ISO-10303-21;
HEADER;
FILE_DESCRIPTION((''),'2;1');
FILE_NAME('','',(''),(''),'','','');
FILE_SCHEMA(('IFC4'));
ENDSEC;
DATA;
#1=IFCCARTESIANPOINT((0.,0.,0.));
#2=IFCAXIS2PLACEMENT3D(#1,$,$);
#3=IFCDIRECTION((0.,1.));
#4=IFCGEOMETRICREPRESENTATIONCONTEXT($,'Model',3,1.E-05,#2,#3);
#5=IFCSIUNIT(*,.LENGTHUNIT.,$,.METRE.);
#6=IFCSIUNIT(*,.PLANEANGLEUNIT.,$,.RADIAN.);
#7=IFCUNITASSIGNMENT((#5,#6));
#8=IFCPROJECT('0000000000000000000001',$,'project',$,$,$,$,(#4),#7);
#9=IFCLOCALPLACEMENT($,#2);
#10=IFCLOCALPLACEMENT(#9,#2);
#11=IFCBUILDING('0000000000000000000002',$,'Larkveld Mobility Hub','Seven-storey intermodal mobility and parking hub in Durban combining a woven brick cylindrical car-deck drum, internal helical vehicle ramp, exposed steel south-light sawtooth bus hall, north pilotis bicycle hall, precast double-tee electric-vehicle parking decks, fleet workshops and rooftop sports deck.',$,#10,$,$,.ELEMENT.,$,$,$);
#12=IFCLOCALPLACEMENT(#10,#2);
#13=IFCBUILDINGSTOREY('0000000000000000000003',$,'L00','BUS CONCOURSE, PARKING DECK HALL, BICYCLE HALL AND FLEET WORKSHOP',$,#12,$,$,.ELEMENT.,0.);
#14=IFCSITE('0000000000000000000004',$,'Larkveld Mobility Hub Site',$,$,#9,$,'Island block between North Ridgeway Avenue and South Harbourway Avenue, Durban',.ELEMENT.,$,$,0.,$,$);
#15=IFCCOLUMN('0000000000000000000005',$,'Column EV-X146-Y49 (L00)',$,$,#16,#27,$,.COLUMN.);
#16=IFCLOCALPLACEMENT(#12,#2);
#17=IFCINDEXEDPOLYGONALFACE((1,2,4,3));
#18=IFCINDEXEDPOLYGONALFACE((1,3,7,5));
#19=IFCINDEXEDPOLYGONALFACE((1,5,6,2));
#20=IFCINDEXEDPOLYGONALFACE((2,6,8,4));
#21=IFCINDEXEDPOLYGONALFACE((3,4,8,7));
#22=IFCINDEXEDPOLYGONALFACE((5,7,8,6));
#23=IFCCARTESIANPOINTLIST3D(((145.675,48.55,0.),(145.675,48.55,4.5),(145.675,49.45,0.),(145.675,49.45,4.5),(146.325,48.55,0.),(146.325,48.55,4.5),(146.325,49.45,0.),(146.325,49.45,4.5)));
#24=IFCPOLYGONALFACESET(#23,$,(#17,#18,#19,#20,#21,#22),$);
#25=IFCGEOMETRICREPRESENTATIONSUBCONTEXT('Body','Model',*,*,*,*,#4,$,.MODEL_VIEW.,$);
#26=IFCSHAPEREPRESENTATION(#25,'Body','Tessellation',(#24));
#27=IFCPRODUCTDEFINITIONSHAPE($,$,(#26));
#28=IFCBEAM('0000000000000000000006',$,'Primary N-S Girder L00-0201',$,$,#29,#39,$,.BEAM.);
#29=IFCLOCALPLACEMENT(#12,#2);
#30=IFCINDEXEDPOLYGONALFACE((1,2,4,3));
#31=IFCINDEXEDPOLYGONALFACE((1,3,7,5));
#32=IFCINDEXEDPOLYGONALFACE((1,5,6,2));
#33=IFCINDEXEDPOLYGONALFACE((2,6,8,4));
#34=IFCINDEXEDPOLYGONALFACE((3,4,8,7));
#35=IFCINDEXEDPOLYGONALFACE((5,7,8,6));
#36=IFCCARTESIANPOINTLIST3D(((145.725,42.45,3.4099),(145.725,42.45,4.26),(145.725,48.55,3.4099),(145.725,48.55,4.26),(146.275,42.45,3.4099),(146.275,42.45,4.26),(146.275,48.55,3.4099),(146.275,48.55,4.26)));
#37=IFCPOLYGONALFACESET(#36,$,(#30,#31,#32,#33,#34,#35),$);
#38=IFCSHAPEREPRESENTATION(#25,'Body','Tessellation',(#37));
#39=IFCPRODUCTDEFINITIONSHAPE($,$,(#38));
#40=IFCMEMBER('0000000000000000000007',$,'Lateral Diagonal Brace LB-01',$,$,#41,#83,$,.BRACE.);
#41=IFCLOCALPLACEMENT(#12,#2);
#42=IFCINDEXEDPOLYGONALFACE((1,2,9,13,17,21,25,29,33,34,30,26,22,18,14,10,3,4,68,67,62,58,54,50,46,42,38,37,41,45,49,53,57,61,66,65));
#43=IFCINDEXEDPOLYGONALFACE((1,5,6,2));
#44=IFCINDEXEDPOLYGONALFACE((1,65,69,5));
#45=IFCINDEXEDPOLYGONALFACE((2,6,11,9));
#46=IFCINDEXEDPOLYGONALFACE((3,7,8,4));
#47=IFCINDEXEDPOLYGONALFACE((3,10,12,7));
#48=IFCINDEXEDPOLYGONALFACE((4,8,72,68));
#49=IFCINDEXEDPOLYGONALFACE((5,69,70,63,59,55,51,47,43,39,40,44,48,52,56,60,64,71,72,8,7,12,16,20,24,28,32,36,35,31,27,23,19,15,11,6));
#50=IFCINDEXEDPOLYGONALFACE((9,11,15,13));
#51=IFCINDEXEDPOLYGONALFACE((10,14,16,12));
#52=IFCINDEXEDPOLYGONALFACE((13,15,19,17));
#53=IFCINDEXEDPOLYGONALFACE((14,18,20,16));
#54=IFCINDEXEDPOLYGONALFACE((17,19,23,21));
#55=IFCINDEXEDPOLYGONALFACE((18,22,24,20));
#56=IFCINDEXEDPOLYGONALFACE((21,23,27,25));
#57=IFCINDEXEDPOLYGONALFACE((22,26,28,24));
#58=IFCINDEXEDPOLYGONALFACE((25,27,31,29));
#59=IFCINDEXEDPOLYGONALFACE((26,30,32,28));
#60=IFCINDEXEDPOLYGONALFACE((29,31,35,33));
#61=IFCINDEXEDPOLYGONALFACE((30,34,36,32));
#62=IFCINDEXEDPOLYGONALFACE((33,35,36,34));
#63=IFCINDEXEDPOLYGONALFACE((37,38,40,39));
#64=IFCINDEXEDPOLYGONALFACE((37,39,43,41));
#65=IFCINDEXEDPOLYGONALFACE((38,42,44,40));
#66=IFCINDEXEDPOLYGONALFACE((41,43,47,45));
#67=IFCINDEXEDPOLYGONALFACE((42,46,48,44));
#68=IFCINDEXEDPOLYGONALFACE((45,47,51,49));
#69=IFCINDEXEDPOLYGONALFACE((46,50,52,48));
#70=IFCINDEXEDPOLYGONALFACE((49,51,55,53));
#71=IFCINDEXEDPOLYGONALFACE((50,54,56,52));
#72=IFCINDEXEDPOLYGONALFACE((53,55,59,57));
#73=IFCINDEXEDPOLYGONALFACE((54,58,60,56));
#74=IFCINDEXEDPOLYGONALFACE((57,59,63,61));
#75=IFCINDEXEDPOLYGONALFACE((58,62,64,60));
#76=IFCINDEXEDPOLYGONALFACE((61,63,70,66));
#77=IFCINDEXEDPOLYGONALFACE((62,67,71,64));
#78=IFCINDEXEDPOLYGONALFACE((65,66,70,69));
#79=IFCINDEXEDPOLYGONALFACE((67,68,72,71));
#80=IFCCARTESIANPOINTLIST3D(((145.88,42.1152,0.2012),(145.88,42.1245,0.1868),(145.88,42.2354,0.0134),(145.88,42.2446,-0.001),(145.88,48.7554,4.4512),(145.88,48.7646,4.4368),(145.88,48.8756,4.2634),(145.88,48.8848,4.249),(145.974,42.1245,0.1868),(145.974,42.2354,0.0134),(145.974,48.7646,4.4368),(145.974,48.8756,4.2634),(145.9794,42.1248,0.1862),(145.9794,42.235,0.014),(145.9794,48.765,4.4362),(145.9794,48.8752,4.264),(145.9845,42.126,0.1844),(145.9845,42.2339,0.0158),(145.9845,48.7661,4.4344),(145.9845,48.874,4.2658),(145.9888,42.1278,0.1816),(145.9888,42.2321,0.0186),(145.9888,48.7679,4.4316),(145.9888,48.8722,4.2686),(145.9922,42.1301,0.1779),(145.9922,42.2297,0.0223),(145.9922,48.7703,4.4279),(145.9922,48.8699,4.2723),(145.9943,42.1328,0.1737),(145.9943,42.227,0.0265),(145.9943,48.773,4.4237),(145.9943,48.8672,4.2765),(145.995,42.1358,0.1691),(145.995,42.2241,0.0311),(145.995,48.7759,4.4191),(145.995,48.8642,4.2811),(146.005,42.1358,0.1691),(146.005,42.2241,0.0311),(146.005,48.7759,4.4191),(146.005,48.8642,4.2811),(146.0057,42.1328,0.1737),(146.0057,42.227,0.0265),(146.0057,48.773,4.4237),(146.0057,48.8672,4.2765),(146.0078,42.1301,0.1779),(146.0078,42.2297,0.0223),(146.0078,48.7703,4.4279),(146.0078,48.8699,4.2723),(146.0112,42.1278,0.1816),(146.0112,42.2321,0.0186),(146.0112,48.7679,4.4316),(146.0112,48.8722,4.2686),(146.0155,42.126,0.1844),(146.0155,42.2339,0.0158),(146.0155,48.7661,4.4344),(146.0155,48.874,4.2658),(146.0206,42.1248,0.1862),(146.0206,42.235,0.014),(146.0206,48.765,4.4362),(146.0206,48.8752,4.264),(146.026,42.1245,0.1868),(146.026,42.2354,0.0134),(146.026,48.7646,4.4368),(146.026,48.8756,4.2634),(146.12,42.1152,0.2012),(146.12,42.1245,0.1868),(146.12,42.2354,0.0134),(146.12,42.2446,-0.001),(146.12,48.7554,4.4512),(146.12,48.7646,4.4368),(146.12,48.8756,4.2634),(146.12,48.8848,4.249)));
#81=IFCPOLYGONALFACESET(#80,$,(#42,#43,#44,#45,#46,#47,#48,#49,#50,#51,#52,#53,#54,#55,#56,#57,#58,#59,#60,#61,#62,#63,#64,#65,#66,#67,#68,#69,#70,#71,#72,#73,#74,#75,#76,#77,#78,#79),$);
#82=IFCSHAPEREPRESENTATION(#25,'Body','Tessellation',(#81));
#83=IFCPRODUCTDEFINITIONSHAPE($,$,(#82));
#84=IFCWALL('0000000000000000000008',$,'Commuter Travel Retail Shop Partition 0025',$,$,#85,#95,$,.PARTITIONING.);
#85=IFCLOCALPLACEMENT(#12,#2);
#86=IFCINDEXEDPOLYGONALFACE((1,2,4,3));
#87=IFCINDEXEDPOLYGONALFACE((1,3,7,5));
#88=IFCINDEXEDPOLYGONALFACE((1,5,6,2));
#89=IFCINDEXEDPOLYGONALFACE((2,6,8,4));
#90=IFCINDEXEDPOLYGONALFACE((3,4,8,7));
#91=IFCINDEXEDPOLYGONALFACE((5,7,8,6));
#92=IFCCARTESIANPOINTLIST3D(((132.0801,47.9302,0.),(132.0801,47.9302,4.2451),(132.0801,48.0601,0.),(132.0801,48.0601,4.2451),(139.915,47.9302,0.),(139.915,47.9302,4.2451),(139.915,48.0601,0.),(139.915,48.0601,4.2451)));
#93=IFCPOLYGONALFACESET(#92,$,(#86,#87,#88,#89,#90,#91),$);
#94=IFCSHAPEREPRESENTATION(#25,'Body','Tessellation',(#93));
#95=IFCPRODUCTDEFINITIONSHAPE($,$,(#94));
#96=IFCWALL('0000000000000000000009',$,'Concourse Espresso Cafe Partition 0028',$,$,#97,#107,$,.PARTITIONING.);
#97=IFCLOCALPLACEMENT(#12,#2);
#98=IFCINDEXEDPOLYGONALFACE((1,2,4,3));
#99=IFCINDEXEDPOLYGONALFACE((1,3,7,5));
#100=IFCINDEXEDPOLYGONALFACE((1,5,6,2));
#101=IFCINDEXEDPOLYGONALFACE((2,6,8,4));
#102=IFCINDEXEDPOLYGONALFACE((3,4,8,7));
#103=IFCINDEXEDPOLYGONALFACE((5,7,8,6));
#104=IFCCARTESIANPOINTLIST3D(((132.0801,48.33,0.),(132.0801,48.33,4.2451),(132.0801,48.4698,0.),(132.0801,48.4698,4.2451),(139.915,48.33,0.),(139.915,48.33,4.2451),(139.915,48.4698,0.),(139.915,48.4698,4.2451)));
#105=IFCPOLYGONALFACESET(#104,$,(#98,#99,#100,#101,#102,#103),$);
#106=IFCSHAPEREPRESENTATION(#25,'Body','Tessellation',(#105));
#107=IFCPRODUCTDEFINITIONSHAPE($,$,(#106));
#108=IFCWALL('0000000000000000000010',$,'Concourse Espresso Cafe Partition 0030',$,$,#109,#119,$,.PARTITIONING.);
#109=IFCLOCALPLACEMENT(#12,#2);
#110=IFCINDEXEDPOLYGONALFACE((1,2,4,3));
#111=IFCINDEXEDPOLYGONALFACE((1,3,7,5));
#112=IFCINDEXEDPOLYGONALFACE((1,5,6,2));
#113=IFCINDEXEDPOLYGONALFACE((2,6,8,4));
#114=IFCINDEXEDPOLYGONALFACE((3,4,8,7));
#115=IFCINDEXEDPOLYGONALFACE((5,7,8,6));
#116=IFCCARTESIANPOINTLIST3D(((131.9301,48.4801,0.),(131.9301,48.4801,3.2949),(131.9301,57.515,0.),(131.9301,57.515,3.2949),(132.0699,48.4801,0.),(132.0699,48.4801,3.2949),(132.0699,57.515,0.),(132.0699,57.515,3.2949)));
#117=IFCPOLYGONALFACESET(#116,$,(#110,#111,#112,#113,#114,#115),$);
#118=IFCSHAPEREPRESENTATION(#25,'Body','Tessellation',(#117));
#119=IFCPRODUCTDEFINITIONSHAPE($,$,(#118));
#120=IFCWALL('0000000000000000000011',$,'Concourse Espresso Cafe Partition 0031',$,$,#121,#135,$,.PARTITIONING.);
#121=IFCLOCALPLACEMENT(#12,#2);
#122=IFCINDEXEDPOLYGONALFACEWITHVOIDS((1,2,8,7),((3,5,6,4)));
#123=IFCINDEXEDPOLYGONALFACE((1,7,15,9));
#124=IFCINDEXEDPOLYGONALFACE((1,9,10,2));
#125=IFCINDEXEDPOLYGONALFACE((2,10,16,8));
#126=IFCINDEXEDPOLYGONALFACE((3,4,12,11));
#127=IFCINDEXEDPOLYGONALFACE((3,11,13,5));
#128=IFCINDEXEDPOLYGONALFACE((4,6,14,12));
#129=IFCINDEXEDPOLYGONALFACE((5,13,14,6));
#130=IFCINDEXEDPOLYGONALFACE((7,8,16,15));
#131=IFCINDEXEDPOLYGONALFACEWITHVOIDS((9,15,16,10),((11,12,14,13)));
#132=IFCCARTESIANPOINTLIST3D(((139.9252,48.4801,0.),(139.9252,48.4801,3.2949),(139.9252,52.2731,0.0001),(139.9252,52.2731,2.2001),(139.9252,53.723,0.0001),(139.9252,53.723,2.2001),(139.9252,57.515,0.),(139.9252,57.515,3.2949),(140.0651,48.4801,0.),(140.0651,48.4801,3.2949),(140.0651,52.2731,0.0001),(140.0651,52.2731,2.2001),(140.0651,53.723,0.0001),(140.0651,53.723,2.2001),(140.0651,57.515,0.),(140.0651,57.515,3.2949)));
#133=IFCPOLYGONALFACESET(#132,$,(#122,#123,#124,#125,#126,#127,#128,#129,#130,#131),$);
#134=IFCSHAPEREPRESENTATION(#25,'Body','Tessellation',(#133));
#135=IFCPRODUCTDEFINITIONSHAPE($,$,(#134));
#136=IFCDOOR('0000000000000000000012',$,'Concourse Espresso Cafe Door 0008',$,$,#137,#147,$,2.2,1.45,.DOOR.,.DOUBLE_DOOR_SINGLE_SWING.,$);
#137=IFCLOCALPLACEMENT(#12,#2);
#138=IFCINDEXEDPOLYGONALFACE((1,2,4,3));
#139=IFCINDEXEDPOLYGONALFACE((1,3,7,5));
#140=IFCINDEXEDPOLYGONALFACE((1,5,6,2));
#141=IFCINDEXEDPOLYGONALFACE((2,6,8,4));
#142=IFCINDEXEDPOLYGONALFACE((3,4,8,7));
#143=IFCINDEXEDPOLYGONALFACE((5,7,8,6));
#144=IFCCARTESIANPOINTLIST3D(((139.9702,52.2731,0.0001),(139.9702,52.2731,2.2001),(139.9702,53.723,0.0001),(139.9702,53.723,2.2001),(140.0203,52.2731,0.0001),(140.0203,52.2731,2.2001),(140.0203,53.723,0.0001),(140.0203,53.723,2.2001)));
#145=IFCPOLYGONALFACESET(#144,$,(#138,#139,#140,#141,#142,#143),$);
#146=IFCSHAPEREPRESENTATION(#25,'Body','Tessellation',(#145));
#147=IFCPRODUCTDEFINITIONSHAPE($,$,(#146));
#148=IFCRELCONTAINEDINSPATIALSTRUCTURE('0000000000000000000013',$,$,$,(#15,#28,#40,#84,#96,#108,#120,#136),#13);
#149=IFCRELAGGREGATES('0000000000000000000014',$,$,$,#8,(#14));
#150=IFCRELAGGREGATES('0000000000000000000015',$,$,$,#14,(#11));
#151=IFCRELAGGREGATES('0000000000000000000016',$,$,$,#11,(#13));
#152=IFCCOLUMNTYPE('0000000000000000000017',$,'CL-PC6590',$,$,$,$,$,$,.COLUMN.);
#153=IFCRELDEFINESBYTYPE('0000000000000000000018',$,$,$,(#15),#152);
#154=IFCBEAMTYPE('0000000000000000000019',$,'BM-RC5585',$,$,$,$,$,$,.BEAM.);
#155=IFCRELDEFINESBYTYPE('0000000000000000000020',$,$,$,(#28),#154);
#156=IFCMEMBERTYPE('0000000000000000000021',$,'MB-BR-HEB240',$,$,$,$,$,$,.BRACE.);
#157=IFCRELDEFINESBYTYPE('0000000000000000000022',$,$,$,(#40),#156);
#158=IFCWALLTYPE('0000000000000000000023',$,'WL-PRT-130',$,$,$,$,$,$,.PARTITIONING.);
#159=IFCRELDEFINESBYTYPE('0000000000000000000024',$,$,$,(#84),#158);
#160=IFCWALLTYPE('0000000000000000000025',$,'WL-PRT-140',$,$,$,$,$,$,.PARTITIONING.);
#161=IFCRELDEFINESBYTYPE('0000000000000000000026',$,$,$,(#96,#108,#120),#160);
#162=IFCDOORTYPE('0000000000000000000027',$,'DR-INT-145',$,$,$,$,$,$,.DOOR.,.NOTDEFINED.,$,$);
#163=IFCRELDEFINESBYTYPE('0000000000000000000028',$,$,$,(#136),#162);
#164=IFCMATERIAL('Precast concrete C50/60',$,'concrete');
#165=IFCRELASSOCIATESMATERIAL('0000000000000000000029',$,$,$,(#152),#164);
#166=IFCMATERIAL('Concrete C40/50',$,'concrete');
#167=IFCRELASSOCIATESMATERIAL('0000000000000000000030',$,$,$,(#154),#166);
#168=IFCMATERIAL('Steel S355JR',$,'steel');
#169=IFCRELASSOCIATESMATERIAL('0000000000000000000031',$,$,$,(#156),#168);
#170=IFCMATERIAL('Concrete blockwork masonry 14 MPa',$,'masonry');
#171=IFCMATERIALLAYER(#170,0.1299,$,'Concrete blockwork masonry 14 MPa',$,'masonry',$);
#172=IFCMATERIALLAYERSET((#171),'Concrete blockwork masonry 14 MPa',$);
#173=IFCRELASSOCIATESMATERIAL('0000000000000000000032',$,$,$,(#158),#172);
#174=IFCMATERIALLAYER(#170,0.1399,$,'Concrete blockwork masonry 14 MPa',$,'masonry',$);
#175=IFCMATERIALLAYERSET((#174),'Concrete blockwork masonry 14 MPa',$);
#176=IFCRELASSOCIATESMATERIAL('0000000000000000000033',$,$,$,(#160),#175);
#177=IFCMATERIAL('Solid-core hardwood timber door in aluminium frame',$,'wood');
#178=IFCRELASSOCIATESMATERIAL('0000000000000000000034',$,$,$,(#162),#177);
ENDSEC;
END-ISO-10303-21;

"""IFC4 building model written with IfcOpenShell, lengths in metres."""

from ifc_helpers import new_model, si_unit, direction, frame, frame_2d, origin, origin_2d, place, context, subcontext, project, spatial, rectangle, i_section, extrude, material, layer, layer_set, material_profile, profile_set, type_object, element, fill, save


model = new_model("IFC4")

# Units and contexts
model_context = context("Model", 3, precision=1e-05, world=origin(), true_north=direction((0.0, 1.0)))
body_context = subcontext(model_context, "Body", "Model", "MODEL_VIEW")
ifc_project = project(units=[si_unit("LENGTHUNIT", "METRE"), si_unit("PLANEANGLEUNIT", "RADIAN")], contexts=[model_context])

# Site, building, storey
site_placement = place(None, origin())
site = spatial("IfcSite", under=ifc_project, at=site_placement, Name="Larkveld Mobility Hub Site", LongName="Island block between North Ridgeway Avenue and South Harbourway Avenue, Durban", CompositionType="ELEMENT", RefElevation=0.0)
building_placement = place(site_placement, origin())
building = spatial("IfcBuilding", under=site, at=building_placement, Name="Larkveld Mobility Hub", Description="Seven-storey intermodal mobility and parking hub in Durban combining a woven brick cylindrical car-deck drum, internal helical vehicle ramp, exposed steel south-light sawtooth bus hall, north pilotis bicycle hall, precast double-tee electric-vehicle parking decks, fleet workshops and rooftop sports deck.", CompositionType="ELEMENT")
storey_placement = place(building_placement, origin())
storey = spatial("IfcBuildingStorey", under=building, at=storey_placement, Name="L00", Description="BUS CONCOURSE, PARKING DECK HALL, BICYCLE HALL AND FLEET WORKSHOP", CompositionType="ELEMENT", Elevation=0.0)

# Column
ifc_material_1 = material(Name="Precast concrete C50/60", Category="concrete")
ifc_material_profile_1 = material_profile(ifc_material_1, rectangle(XDim=0.6499, YDim=0.8999, at=origin_2d()), Name="RC COL 650x900")
ifc_profile_set_1 = profile_set([ifc_material_profile_1], Name="Precast concrete C50/60")
column_type = type_object("IfcColumnType", Name="CL-PC6590", PredefinedType="COLUMN", material=ifc_profile_set_1)
for number, where, z_axis, x_axis, name in (
    (1, (146.0, 49.0, 0.0), (0.0, 0.0, 1.0), (1.0, 0.0, 0.0), "Column EV-X146-Y49 (L00)"),
):
    element("IfcColumn", number, at=place(storey_placement, frame(where, z_axis=z_axis, x_axis=x_axis)), inside=storey, type_object=column_type, Name=name, PredefinedType="COLUMN", context=body_context, shape_type="SweptSolid", body=[
        extrude(rectangle(XDim=0.6499, YDim=0.8999, at=origin_2d()), origin(), (0.0, 0.0, 1.0), 4.5),
    ])

# Beam
ifc_material_2 = material(Name="Concrete C40/50", Category="concrete")
ifc_material_profile_2 = material_profile(ifc_material_2, rectangle(XDim=0.55, YDim=0.8501, at=origin_2d()), Name="RC BM 550x850")
ifc_profile_set_2 = profile_set([ifc_material_profile_2], Name="Concrete C40/50")
beam_type = type_object("IfcBeamType", Name="BM-RC5585", PredefinedType="BEAM", material=ifc_profile_set_2)
beam_placement = place(storey_placement, frame((146.0, 42.45, 3.835), z_axis=(0.0, 1.0, 0.0), x_axis=(-1.0, 0.0, 0.0)))
element("IfcBeam", 2, at=beam_placement, inside=storey, type_object=beam_type, Name="Primary N-S Girder L00-0201", PredefinedType="BEAM", context=body_context, shape_type="SweptSolid", body=[
    extrude(rectangle(XDim=0.55, YDim=0.8501, at=origin_2d()), origin(), (0.0, 0.0, 1.0), 6.1001),
])

# Member
ifc_material_3 = material(Name="Steel S355JR", Category="steel")
ifc_material_profile_3 = material_profile(ifc_material_3, i_section(OverallWidth=0.24, OverallDepth=0.24, WebThickness=0.01, FlangeThickness=0.0171, FilletRadius=0.021, at=origin_2d()), Name="HEB 240")
ifc_profile_set_3 = profile_set([ifc_material_profile_3], Name="Steel S355JR")
member_type = type_object("IfcMemberType", Name="MB-BR-HEB240", PredefinedType="BRACE", material=ifc_profile_set_3)
member_placement = place(storey_placement, frame((146.0, 42.1799, 0.1001), z_axis=(0.0, 0.842253, 0.539082), x_axis=(-1.0, 0.0, 0.0)))
element("IfcMember", 3, at=member_placement, inside=storey, type_object=member_type, Name="Lateral Diagonal Brace LB-01", PredefinedType="BRACE", context=body_context, shape_type="SweptSolid", body=[
    extrude(i_section(OverallWidth=0.24, OverallDepth=0.24, WebThickness=0.01, FlangeThickness=0.0171, FilletRadius=0.021, at=origin_2d()), origin(), (0.0, 0.0, 1.0), 7.8838),
])

# Walls
ifc_material_4 = material(Name="Concrete blockwork masonry 14 MPa", Category="masonry")
ifc_layer_1 = layer(ifc_material_4, 0.1299, Name="Concrete blockwork masonry 14 MPa", Category="masonry")
ifc_layer_set_1 = layer_set([ifc_layer_1], Name="Concrete blockwork masonry 14 MPa")
wall_type_1 = type_object("IfcWallType", Name="WL-PRT-130", PredefinedType="PARTITIONING", material=ifc_layer_set_1)
wall_1_placement = place(storey_placement, frame((132.0801, 47.9951, 0.0), z_axis=(0.0, 0.0, 1.0), x_axis=(1.0, 0.0, 0.0)))
element("IfcWall", 4, at=wall_1_placement, inside=storey, type_object=wall_type_1, Name="Commuter Travel Retail Shop Partition 0025", PredefinedType="PARTITIONING", context=body_context, shape_type="SweptSolid", body=[
    extrude(rectangle(XDim=7.835, YDim=0.1299, at=frame_2d((3.9175, 0.0))), origin(), (0.0, 0.0, 1.0), 4.2451),
])
ifc_layer_2 = layer(ifc_material_4, 0.1399, Name="Concrete blockwork masonry 14 MPa", Category="masonry")
ifc_layer_set_2 = layer_set([ifc_layer_2], Name="Concrete blockwork masonry 14 MPa")
wall_type_2 = type_object("IfcWallType", Name="WL-PRT-140", PredefinedType="PARTITIONING", material=ifc_layer_set_2)
wall_2_placement = place(storey_placement, frame((132.0801, 48.3999, 0.0), z_axis=(0.0, 0.0, 1.0), x_axis=(1.0, 0.0, 0.0)))
element("IfcWall", 5, at=wall_2_placement, inside=storey, type_object=wall_type_2, Name="Concourse Espresso Cafe Partition 0028", PredefinedType="PARTITIONING", context=body_context, shape_type="SweptSolid", body=[
    extrude(rectangle(XDim=7.835, YDim=0.1399, at=frame_2d((3.9175, 0.0))), origin(), (0.0, 0.0, 1.0), 4.2451),
])
wall_3_placement = place(storey_placement, frame((132.0, 48.48, 0.0), z_axis=(0.0, 0.0, 1.0), x_axis=(0.0, 1.0, 0.0)))
element("IfcWall", 6, at=wall_3_placement, inside=storey, type_object=wall_type_2, Name="Concourse Espresso Cafe Partition 0030", PredefinedType="PARTITIONING", context=body_context, shape_type="SweptSolid", body=[
    extrude(rectangle(XDim=9.0349, YDim=0.1399, at=frame_2d((4.5176, 0.0))), origin(), (0.0, 0.0, 1.0), 3.2949),
])

# Wall, opening, door
wall_4_placement = place(storey_placement, frame((139.9951, 48.48, 0.0), z_axis=(0.0, 0.0, 1.0), x_axis=(0.0, 1.0, 0.0)))
wall_4 = element("IfcWall", 7, at=wall_4_placement, inside=storey, type_object=wall_type_2, Name="Concourse Espresso Cafe Partition 0031", PredefinedType="PARTITIONING", context=body_context, shape_type="SweptSolid", body=[
    extrude(rectangle(XDim=9.0349, YDim=0.1399, at=frame_2d((4.5176, 0.0))), origin(), (0.0, 0.0, 1.0), 3.2949),
])
opening_placement = place(wall_4_placement, frame((3.793, 0.0, 0.0)))
opening = element("IfcOpeningElement", 8, at=opening_placement, cuts=wall_4, PredefinedType="OPENING", context=body_context, shape_type="SweptSolid", body=[
    extrude(rectangle(XDim=1.45, YDim=2.2, at=frame_2d((0.7251, 1.1001))), frame((0.0, 0.0801, 0.0), z_axis=(0.0, -1.0, 0.0), x_axis=(1.0, 0.0, 0.0)), (0.0, 0.0, 1.0), 0.1599),
])
ifc_material_5 = material(Name="Solid-core hardwood timber door in aluminium frame", Category="wood")
door_type = type_object("IfcDoorType", Name="DR-INT-145", OperationType="NOTDEFINED", PredefinedType="DOOR", material=ifc_material_5)
door_placement = place(opening_placement, origin())
door = element("IfcDoor", 9, at=door_placement, inside=storey, type_object=door_type, Name="Concourse Espresso Cafe Door 0008", OperationType="DOUBLE_DOOR_SINGLE_SWING", OverallHeight=2.2, OverallWidth=1.45, PredefinedType="DOOR", context=body_context, shape_type="SweptSolid", body=[
    extrude(rectangle(XDim=1.45, YDim=2.2, at=frame_2d((0.7251, 1.1001))), frame((0.0, 0.0249, 0.0), z_axis=(0.0, -1.0, 0.0), x_axis=(1.0, 0.0, 0.0)), (0.0, 0.0, 1.0), 0.05),
])
fill(opening, door)

save(model, "model.ifc")
